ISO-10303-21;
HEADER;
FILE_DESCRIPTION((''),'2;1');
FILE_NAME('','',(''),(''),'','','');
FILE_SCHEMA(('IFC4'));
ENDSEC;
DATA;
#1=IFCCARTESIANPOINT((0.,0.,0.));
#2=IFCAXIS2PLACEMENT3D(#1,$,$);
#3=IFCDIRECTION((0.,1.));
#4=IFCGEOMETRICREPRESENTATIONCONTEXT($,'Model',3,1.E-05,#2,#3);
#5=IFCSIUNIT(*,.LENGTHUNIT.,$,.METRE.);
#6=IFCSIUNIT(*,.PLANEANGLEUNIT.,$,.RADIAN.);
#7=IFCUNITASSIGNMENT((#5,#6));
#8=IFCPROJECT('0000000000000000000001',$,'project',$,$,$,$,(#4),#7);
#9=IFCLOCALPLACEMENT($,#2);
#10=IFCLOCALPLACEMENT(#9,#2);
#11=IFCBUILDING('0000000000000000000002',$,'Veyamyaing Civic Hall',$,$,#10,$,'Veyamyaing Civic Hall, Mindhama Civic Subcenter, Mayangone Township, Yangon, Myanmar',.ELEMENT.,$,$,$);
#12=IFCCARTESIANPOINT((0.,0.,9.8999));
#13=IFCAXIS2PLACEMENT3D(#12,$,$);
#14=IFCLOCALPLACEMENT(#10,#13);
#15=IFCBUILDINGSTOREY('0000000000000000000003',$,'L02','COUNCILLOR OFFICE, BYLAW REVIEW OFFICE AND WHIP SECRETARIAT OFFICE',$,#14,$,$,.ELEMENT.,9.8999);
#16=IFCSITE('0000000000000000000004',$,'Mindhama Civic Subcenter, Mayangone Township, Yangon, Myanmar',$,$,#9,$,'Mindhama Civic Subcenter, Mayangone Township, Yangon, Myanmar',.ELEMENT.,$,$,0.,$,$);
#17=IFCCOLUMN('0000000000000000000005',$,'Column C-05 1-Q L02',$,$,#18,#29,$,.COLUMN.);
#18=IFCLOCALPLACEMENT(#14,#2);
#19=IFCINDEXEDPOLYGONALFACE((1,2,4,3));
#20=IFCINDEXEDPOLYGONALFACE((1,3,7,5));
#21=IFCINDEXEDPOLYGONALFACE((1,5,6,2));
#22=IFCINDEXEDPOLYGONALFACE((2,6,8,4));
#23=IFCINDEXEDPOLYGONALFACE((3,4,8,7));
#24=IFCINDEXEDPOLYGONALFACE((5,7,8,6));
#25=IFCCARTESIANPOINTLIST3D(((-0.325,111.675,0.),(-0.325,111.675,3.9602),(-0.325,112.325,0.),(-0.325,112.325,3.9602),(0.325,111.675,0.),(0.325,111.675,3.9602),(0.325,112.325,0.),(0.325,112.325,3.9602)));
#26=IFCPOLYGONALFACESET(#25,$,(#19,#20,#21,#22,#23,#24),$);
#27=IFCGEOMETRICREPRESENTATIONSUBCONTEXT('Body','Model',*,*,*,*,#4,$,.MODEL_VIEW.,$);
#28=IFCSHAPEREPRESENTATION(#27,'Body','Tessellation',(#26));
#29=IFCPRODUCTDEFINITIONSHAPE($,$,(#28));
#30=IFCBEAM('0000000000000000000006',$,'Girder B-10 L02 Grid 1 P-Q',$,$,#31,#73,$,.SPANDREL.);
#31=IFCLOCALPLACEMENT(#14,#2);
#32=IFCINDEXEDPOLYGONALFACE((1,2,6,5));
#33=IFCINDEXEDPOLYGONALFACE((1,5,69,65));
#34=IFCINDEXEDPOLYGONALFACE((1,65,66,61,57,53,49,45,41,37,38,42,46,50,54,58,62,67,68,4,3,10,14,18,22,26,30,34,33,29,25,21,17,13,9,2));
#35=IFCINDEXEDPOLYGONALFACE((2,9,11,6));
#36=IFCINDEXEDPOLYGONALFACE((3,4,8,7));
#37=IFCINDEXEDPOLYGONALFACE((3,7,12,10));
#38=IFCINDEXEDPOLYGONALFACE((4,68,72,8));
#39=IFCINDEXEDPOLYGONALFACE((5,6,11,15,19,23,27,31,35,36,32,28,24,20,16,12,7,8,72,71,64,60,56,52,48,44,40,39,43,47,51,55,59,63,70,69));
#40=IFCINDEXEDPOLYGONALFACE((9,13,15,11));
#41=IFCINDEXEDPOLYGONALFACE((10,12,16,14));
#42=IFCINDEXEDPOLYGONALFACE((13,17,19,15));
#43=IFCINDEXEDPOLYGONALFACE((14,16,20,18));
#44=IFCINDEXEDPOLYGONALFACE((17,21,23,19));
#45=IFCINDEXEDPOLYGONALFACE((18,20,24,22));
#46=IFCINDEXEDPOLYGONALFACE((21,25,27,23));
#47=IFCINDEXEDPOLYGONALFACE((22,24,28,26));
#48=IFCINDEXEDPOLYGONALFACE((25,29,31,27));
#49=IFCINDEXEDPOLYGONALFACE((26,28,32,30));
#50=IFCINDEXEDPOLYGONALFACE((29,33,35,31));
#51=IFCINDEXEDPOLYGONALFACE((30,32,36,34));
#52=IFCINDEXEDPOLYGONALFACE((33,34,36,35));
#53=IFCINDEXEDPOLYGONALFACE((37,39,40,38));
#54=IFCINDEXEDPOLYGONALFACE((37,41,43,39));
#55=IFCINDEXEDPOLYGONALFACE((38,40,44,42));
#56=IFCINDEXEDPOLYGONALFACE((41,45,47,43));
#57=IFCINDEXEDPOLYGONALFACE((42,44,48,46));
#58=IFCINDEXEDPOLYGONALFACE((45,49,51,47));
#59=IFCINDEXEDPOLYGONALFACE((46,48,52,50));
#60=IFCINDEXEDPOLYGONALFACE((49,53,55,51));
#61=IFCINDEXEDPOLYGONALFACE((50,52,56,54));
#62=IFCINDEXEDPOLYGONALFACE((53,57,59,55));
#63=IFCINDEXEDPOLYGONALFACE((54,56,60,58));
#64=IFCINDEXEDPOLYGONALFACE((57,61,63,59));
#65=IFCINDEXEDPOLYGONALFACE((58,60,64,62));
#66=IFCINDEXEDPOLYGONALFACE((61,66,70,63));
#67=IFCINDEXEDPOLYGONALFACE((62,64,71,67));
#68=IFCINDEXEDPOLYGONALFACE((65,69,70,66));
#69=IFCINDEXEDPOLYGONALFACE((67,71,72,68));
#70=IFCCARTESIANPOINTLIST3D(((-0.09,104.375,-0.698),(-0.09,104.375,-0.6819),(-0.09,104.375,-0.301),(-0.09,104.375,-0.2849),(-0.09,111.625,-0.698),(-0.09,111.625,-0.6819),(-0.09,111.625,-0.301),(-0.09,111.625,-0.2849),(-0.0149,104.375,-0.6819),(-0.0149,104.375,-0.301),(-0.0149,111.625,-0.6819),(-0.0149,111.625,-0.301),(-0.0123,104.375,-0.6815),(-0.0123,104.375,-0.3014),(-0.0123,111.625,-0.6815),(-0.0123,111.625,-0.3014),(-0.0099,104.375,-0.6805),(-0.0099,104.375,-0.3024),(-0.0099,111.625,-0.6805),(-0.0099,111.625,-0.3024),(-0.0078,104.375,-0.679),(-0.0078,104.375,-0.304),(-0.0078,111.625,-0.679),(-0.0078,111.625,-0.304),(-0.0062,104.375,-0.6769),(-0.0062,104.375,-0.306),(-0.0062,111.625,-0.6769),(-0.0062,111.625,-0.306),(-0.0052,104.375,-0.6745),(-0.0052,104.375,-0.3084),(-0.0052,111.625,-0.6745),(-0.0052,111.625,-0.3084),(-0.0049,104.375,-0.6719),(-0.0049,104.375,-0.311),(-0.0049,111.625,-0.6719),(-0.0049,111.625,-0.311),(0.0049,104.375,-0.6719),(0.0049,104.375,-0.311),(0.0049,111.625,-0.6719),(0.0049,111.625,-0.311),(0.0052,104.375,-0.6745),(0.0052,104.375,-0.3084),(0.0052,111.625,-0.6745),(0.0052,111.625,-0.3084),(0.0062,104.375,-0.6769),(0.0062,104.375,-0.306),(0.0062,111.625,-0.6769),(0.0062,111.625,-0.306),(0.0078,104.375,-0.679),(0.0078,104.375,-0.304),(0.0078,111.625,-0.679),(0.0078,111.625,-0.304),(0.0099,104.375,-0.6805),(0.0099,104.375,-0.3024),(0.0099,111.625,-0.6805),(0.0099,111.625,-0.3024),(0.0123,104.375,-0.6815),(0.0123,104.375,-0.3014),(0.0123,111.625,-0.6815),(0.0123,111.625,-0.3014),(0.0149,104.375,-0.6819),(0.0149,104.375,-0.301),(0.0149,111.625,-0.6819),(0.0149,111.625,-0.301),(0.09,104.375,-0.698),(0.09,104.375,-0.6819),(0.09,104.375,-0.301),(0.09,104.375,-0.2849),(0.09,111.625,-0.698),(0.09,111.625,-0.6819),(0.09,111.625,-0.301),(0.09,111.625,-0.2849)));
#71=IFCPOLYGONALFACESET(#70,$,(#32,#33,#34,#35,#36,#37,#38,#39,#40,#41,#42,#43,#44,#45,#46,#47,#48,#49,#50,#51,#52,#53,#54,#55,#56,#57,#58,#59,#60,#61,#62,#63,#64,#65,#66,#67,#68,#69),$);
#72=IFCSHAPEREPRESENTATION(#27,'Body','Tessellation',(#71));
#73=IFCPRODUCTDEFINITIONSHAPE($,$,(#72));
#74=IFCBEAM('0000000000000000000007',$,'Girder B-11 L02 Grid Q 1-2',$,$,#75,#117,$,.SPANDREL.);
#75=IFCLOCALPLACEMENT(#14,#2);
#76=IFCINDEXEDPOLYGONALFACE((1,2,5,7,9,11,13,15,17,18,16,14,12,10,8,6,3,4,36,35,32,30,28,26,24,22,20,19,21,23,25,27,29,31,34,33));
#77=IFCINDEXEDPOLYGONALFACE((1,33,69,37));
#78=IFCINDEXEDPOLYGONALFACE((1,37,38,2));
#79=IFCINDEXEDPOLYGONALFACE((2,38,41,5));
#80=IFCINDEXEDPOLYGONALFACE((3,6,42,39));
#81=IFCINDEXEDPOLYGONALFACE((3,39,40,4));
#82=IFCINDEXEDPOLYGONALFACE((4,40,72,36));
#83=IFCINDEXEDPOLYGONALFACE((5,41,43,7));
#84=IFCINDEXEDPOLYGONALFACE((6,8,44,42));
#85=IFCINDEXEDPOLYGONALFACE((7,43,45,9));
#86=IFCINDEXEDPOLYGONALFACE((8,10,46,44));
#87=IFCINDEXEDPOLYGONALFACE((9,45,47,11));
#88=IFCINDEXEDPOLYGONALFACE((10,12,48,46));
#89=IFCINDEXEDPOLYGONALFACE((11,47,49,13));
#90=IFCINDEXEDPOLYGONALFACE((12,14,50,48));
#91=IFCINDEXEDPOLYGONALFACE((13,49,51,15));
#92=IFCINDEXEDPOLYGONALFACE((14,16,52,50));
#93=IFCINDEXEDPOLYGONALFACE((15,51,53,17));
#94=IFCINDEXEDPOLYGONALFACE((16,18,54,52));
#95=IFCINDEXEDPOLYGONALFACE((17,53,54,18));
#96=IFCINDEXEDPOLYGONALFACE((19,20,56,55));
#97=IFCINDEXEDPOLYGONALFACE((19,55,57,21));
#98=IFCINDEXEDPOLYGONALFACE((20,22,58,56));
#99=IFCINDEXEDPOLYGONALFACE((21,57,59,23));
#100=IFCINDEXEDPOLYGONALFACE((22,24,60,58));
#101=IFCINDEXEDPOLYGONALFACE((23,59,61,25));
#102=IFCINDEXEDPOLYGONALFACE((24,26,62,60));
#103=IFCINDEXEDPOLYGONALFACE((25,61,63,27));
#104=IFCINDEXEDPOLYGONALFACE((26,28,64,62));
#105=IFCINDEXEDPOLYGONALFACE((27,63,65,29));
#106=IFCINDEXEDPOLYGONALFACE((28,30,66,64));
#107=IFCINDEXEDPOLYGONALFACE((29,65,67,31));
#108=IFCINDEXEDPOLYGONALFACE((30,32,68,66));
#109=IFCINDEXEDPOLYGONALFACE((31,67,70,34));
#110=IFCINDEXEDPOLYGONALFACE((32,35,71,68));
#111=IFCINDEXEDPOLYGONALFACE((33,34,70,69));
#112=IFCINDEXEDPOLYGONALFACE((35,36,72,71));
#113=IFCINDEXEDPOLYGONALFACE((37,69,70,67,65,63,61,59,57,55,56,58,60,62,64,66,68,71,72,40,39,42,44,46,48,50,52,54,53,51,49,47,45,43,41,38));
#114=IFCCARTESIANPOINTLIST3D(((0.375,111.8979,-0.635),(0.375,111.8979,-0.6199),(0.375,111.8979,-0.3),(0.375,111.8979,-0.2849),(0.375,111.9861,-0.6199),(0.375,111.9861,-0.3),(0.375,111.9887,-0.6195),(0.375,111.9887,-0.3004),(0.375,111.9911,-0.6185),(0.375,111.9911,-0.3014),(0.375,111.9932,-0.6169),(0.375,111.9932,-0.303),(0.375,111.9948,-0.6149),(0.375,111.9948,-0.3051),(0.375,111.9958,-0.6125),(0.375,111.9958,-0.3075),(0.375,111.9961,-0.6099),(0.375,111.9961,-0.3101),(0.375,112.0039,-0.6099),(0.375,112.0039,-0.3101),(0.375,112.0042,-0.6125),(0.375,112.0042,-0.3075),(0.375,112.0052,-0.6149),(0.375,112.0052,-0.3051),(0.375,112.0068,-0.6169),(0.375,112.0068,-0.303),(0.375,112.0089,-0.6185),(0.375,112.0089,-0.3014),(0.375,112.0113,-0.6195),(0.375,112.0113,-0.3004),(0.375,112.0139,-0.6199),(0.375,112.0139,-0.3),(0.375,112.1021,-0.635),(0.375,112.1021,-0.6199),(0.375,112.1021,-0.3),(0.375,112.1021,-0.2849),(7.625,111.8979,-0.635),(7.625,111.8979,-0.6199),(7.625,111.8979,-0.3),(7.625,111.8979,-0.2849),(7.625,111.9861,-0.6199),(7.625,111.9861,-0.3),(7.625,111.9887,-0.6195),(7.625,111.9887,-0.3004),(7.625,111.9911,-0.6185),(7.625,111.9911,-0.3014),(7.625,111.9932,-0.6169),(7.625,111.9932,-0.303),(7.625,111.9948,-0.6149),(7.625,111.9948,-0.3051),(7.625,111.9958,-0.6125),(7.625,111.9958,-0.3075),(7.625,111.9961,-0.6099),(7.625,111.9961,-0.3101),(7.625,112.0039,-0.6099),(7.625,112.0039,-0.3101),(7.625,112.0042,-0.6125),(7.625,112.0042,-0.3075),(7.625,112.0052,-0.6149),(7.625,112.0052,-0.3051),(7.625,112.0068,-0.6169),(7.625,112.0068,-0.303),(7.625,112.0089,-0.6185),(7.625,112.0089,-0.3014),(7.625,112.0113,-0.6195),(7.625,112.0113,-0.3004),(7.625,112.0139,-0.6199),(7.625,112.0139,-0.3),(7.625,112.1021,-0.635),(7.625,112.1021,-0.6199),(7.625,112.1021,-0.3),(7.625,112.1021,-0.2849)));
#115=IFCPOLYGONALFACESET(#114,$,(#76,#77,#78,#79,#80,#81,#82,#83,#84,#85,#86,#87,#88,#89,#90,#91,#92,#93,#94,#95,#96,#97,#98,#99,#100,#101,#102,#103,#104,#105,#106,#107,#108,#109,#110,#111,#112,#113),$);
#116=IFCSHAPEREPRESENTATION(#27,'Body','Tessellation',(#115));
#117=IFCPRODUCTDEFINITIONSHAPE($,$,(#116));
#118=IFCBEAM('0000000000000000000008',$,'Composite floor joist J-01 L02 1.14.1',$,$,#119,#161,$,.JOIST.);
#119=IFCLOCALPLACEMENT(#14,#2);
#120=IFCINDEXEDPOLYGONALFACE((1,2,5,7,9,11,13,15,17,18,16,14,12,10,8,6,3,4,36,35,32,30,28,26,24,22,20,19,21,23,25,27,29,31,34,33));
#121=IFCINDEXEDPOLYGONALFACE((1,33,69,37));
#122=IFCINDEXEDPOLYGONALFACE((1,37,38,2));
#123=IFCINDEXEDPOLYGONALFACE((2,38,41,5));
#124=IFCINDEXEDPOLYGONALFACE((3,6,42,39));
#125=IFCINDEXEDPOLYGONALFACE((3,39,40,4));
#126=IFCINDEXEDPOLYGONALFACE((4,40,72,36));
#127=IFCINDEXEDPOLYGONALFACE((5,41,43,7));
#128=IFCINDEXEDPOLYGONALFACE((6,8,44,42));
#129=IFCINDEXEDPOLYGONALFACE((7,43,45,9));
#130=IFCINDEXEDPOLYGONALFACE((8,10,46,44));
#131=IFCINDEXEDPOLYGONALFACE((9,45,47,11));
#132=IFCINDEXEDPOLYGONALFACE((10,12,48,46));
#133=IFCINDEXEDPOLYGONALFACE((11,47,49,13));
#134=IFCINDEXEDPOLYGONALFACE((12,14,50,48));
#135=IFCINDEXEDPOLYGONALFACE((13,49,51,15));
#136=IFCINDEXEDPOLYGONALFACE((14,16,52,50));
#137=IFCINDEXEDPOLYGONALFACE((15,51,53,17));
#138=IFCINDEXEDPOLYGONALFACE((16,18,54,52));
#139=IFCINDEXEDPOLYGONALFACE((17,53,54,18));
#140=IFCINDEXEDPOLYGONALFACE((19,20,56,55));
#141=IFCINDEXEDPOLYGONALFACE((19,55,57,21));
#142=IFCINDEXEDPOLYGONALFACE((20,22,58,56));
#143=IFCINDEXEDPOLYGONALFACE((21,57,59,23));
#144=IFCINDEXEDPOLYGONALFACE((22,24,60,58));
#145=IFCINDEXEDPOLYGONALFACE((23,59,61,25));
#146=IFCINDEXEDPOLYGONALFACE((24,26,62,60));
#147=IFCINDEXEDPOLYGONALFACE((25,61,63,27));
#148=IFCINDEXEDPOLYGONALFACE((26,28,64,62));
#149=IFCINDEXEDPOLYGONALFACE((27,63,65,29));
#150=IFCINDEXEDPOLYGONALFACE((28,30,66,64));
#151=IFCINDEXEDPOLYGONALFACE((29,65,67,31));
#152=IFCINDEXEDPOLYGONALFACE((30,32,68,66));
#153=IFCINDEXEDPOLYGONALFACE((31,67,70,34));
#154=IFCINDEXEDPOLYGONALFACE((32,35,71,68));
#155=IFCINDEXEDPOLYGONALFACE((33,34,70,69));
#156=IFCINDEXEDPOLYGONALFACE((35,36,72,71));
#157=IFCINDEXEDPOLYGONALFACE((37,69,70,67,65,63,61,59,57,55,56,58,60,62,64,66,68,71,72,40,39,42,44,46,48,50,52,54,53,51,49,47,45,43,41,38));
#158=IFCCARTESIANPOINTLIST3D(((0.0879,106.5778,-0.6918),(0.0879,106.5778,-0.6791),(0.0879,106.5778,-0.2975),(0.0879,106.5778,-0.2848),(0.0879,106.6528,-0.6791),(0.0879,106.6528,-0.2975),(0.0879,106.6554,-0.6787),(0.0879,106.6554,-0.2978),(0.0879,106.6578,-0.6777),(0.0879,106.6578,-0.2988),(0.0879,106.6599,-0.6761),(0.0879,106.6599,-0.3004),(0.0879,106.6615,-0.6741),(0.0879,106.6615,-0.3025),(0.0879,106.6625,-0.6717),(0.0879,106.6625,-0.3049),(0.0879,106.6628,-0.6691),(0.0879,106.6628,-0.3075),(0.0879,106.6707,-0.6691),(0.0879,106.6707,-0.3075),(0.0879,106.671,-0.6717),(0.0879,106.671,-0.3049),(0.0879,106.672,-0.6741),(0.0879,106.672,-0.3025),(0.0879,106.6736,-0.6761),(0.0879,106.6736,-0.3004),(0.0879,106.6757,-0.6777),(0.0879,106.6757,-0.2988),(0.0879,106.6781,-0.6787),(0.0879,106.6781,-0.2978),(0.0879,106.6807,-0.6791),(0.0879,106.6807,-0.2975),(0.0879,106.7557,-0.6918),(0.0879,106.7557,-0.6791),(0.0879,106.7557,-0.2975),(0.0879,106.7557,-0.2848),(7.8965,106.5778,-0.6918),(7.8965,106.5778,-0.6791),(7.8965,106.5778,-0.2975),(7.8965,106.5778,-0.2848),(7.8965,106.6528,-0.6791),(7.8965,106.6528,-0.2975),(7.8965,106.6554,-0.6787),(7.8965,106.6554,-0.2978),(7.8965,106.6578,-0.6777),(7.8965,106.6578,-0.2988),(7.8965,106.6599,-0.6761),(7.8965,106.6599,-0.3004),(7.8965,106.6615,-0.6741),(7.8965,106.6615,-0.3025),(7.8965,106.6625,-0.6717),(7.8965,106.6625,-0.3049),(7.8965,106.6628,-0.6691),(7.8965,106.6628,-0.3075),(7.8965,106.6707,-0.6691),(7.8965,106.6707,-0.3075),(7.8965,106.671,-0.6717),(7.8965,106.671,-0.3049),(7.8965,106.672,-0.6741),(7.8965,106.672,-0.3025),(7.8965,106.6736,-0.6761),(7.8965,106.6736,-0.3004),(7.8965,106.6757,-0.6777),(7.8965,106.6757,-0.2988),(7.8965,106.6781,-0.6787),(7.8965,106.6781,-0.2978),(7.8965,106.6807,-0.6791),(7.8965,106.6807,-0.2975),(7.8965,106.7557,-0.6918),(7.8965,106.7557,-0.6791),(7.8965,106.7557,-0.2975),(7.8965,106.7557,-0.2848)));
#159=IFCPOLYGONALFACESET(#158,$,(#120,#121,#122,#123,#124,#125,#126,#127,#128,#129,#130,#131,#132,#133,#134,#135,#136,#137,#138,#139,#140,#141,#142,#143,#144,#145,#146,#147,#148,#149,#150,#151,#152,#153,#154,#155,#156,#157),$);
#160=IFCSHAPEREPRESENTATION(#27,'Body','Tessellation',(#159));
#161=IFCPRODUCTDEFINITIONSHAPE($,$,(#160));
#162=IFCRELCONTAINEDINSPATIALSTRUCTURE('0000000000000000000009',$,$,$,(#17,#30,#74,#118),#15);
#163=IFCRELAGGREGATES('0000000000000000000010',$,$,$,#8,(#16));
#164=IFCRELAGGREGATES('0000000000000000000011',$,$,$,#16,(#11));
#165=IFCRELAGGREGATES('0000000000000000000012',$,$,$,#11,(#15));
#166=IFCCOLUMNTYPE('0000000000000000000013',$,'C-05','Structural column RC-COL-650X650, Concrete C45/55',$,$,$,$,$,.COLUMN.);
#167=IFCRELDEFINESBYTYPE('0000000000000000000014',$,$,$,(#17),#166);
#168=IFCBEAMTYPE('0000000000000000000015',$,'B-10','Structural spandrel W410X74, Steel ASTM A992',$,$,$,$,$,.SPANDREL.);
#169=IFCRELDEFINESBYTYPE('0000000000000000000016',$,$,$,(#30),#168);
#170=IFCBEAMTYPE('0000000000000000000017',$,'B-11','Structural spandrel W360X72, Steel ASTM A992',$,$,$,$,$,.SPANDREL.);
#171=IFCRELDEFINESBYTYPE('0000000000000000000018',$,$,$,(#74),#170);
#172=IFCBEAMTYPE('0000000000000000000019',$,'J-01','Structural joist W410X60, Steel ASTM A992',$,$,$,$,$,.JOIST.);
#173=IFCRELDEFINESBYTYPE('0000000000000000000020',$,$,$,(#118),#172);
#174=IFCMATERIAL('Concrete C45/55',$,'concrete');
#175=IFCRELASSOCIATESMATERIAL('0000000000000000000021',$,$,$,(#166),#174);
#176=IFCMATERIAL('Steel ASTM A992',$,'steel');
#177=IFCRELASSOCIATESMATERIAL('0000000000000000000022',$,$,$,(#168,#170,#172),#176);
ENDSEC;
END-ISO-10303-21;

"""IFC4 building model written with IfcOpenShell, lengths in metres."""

from ifc_helpers import new_model, si_unit, direction, frame, origin, origin_2d, place, context, subcontext, project, spatial, rectangle, i_section, extrude, material, material_profile, profile_set, type_object, element, save


model = new_model("IFC4")

# Units and contexts
model_context = context("Model", 3, precision=1e-05, world=origin(), true_north=direction((0.0, 1.0)))
body_context = subcontext(model_context, "Body", "Model", "MODEL_VIEW")
ifc_project = project(units=[si_unit("LENGTHUNIT", "METRE"), si_unit("PLANEANGLEUNIT", "RADIAN")], contexts=[model_context])

# Site, building, storey
site_placement = place(None, origin())
site = spatial("IfcSite", under=ifc_project, at=site_placement, Name="Mindhama Civic Subcenter, Mayangone Township, Yangon, Myanmar", LongName="Mindhama Civic Subcenter, Mayangone Township, Yangon, Myanmar", CompositionType="ELEMENT", RefElevation=0.0)
building_placement = place(site_placement, origin())
building = spatial("IfcBuilding", under=site, at=building_placement, Name="Veyamyaing Civic Hall", LongName="Veyamyaing Civic Hall, Mindhama Civic Subcenter, Mayangone Township, Yangon, Myanmar", CompositionType="ELEMENT")
storey_placement = place(building_placement, frame((0.0, 0.0, 9.8999)))
storey = spatial("IfcBuildingStorey", under=building, at=storey_placement, Name="L02", Description="COUNCILLOR OFFICE, BYLAW REVIEW OFFICE AND WHIP SECRETARIAT OFFICE", CompositionType="ELEMENT", Elevation=9.8999)

# Column
ifc_material_1 = material(Name="Concrete C45/55", Category="concrete")
ifc_material_profile_1 = material_profile(ifc_material_1, rectangle(XDim=0.6499, YDim=0.6499, at=origin_2d()), Name="RC-COL-650X650")
ifc_profile_set_1 = profile_set([ifc_material_profile_1], Name="Concrete C45/55")
column_type = type_object("IfcColumnType", Name="C-05", Description="Structural column RC-COL-650X650, Concrete C45/55", PredefinedType="COLUMN", material=ifc_profile_set_1)
column_placement = place(storey_placement, frame((0.0, 112.0, 0.0), z_axis=(0.0, 0.0, 1.0), x_axis=(1.0, 0.0, 0.0)))
element("IfcColumn", 1, at=column_placement, inside=storey, type_object=column_type, Name="Column C-05 1-Q L02", PredefinedType="COLUMN", context=body_context, shape_type="SweptSolid", body=[
    extrude(rectangle(XDim=0.6499, YDim=0.6499, at=origin_2d()), origin(), (0.0, 0.0, 1.0), 3.9602),
])

# Beams
ifc_material_2 = material(Name="Steel ASTM A992", Category="steel")
ifc_material_profile_2 = material_profile(ifc_material_2, i_section(OverallWidth=0.1799, OverallDepth=0.4131, WebThickness=0.0098, FlangeThickness=0.0161, FilletRadius=0.01, at=origin_2d()), Name="W410X74")
ifc_profile_set_2 = profile_set([ifc_material_profile_2], Name="Steel ASTM A992")
beam_type_1 = type_object("IfcBeamType", Name="B-10", Description="Structural spandrel W410X74, Steel ASTM A992", PredefinedType="SPANDREL", material=ifc_profile_set_2)
beam_1_placement = place(storey_placement, frame((0.0, 104.375, -0.4915), z_axis=(0.0, 1.0, 0.0), x_axis=(-1.0, 0.0, 0.0)))
element("IfcBeam", 2, at=beam_1_placement, inside=storey, type_object=beam_type_1, Name="Girder B-10 L02 Grid 1 P-Q", PredefinedType="SPANDREL", context=body_context, shape_type="SweptSolid", body=[
    extrude(i_section(OverallWidth=0.1799, OverallDepth=0.4131, WebThickness=0.0098, FlangeThickness=0.0161, FilletRadius=0.01, at=origin_2d()), origin(), (0.0, 0.0, 1.0), 7.25),
])
ifc_material_profile_3 = material_profile(ifc_material_2, i_section(OverallWidth=0.2041, OverallDepth=0.3501, WebThickness=0.0078, FlangeThickness=0.0151, FilletRadius=0.01, at=origin_2d()), Name="W360X72")
ifc_profile_set_3 = profile_set([ifc_material_profile_3], Name="Steel ASTM A992")
beam_type_2 = type_object("IfcBeamType", Name="B-11", Description="Structural spandrel W360X72, Steel ASTM A992", PredefinedType="SPANDREL", material=ifc_profile_set_3)
beam_2_placement = place(storey_placement, frame((0.375, 112.0, -0.46), z_axis=(1.0, 0.0, 0.0), x_axis=(0.0, 1.0, 0.0)))
element("IfcBeam", 3, at=beam_2_placement, inside=storey, type_object=beam_type_2, Name="Girder B-11 L02 Grid Q 1-2", PredefinedType="SPANDREL", context=body_context, shape_type="SweptSolid", body=[
    extrude(i_section(OverallWidth=0.2041, OverallDepth=0.3501, WebThickness=0.0078, FlangeThickness=0.0151, FilletRadius=0.01, at=origin_2d()), origin(), (0.0, 0.0, 1.0), 7.25),
])
ifc_material_profile_4 = material_profile(ifc_material_2, i_section(OverallWidth=0.178, OverallDepth=0.407, WebThickness=0.0078, FlangeThickness=0.0127, FilletRadius=0.01, at=origin_2d()), Name="W410X60")
ifc_profile_set_4 = profile_set([ifc_material_profile_4], Name="Steel ASTM A992")
beam_type_3 = type_object("IfcBeamType", Name="J-01", Description="Structural joist W410X60, Steel ASTM A992", PredefinedType="JOIST", material=ifc_profile_set_4)
for number, where, z_axis, x_axis, name in (
    (4, (0.0879, 106.6667, -0.4883), (1.0, 0.0, 0.0), (0.0, 1.0, 0.0), "Composite floor joist J-01 L02 1.14.1"),
):
    element("IfcBeam", number, at=place(storey_placement, frame(where, z_axis=z_axis, x_axis=x_axis)), inside=storey, type_object=beam_type_3, Name=name, PredefinedType="JOIST", context=body_context, shape_type="SweptSolid", body=[
        extrude(i_section(OverallWidth=0.178, OverallDepth=0.407, WebThickness=0.0078, FlangeThickness=0.0127, FilletRadius=0.01, at=origin_2d()), origin(), (0.0, 0.0, 1.0), 7.8086),
    ])

save(model, "model.ifc")
